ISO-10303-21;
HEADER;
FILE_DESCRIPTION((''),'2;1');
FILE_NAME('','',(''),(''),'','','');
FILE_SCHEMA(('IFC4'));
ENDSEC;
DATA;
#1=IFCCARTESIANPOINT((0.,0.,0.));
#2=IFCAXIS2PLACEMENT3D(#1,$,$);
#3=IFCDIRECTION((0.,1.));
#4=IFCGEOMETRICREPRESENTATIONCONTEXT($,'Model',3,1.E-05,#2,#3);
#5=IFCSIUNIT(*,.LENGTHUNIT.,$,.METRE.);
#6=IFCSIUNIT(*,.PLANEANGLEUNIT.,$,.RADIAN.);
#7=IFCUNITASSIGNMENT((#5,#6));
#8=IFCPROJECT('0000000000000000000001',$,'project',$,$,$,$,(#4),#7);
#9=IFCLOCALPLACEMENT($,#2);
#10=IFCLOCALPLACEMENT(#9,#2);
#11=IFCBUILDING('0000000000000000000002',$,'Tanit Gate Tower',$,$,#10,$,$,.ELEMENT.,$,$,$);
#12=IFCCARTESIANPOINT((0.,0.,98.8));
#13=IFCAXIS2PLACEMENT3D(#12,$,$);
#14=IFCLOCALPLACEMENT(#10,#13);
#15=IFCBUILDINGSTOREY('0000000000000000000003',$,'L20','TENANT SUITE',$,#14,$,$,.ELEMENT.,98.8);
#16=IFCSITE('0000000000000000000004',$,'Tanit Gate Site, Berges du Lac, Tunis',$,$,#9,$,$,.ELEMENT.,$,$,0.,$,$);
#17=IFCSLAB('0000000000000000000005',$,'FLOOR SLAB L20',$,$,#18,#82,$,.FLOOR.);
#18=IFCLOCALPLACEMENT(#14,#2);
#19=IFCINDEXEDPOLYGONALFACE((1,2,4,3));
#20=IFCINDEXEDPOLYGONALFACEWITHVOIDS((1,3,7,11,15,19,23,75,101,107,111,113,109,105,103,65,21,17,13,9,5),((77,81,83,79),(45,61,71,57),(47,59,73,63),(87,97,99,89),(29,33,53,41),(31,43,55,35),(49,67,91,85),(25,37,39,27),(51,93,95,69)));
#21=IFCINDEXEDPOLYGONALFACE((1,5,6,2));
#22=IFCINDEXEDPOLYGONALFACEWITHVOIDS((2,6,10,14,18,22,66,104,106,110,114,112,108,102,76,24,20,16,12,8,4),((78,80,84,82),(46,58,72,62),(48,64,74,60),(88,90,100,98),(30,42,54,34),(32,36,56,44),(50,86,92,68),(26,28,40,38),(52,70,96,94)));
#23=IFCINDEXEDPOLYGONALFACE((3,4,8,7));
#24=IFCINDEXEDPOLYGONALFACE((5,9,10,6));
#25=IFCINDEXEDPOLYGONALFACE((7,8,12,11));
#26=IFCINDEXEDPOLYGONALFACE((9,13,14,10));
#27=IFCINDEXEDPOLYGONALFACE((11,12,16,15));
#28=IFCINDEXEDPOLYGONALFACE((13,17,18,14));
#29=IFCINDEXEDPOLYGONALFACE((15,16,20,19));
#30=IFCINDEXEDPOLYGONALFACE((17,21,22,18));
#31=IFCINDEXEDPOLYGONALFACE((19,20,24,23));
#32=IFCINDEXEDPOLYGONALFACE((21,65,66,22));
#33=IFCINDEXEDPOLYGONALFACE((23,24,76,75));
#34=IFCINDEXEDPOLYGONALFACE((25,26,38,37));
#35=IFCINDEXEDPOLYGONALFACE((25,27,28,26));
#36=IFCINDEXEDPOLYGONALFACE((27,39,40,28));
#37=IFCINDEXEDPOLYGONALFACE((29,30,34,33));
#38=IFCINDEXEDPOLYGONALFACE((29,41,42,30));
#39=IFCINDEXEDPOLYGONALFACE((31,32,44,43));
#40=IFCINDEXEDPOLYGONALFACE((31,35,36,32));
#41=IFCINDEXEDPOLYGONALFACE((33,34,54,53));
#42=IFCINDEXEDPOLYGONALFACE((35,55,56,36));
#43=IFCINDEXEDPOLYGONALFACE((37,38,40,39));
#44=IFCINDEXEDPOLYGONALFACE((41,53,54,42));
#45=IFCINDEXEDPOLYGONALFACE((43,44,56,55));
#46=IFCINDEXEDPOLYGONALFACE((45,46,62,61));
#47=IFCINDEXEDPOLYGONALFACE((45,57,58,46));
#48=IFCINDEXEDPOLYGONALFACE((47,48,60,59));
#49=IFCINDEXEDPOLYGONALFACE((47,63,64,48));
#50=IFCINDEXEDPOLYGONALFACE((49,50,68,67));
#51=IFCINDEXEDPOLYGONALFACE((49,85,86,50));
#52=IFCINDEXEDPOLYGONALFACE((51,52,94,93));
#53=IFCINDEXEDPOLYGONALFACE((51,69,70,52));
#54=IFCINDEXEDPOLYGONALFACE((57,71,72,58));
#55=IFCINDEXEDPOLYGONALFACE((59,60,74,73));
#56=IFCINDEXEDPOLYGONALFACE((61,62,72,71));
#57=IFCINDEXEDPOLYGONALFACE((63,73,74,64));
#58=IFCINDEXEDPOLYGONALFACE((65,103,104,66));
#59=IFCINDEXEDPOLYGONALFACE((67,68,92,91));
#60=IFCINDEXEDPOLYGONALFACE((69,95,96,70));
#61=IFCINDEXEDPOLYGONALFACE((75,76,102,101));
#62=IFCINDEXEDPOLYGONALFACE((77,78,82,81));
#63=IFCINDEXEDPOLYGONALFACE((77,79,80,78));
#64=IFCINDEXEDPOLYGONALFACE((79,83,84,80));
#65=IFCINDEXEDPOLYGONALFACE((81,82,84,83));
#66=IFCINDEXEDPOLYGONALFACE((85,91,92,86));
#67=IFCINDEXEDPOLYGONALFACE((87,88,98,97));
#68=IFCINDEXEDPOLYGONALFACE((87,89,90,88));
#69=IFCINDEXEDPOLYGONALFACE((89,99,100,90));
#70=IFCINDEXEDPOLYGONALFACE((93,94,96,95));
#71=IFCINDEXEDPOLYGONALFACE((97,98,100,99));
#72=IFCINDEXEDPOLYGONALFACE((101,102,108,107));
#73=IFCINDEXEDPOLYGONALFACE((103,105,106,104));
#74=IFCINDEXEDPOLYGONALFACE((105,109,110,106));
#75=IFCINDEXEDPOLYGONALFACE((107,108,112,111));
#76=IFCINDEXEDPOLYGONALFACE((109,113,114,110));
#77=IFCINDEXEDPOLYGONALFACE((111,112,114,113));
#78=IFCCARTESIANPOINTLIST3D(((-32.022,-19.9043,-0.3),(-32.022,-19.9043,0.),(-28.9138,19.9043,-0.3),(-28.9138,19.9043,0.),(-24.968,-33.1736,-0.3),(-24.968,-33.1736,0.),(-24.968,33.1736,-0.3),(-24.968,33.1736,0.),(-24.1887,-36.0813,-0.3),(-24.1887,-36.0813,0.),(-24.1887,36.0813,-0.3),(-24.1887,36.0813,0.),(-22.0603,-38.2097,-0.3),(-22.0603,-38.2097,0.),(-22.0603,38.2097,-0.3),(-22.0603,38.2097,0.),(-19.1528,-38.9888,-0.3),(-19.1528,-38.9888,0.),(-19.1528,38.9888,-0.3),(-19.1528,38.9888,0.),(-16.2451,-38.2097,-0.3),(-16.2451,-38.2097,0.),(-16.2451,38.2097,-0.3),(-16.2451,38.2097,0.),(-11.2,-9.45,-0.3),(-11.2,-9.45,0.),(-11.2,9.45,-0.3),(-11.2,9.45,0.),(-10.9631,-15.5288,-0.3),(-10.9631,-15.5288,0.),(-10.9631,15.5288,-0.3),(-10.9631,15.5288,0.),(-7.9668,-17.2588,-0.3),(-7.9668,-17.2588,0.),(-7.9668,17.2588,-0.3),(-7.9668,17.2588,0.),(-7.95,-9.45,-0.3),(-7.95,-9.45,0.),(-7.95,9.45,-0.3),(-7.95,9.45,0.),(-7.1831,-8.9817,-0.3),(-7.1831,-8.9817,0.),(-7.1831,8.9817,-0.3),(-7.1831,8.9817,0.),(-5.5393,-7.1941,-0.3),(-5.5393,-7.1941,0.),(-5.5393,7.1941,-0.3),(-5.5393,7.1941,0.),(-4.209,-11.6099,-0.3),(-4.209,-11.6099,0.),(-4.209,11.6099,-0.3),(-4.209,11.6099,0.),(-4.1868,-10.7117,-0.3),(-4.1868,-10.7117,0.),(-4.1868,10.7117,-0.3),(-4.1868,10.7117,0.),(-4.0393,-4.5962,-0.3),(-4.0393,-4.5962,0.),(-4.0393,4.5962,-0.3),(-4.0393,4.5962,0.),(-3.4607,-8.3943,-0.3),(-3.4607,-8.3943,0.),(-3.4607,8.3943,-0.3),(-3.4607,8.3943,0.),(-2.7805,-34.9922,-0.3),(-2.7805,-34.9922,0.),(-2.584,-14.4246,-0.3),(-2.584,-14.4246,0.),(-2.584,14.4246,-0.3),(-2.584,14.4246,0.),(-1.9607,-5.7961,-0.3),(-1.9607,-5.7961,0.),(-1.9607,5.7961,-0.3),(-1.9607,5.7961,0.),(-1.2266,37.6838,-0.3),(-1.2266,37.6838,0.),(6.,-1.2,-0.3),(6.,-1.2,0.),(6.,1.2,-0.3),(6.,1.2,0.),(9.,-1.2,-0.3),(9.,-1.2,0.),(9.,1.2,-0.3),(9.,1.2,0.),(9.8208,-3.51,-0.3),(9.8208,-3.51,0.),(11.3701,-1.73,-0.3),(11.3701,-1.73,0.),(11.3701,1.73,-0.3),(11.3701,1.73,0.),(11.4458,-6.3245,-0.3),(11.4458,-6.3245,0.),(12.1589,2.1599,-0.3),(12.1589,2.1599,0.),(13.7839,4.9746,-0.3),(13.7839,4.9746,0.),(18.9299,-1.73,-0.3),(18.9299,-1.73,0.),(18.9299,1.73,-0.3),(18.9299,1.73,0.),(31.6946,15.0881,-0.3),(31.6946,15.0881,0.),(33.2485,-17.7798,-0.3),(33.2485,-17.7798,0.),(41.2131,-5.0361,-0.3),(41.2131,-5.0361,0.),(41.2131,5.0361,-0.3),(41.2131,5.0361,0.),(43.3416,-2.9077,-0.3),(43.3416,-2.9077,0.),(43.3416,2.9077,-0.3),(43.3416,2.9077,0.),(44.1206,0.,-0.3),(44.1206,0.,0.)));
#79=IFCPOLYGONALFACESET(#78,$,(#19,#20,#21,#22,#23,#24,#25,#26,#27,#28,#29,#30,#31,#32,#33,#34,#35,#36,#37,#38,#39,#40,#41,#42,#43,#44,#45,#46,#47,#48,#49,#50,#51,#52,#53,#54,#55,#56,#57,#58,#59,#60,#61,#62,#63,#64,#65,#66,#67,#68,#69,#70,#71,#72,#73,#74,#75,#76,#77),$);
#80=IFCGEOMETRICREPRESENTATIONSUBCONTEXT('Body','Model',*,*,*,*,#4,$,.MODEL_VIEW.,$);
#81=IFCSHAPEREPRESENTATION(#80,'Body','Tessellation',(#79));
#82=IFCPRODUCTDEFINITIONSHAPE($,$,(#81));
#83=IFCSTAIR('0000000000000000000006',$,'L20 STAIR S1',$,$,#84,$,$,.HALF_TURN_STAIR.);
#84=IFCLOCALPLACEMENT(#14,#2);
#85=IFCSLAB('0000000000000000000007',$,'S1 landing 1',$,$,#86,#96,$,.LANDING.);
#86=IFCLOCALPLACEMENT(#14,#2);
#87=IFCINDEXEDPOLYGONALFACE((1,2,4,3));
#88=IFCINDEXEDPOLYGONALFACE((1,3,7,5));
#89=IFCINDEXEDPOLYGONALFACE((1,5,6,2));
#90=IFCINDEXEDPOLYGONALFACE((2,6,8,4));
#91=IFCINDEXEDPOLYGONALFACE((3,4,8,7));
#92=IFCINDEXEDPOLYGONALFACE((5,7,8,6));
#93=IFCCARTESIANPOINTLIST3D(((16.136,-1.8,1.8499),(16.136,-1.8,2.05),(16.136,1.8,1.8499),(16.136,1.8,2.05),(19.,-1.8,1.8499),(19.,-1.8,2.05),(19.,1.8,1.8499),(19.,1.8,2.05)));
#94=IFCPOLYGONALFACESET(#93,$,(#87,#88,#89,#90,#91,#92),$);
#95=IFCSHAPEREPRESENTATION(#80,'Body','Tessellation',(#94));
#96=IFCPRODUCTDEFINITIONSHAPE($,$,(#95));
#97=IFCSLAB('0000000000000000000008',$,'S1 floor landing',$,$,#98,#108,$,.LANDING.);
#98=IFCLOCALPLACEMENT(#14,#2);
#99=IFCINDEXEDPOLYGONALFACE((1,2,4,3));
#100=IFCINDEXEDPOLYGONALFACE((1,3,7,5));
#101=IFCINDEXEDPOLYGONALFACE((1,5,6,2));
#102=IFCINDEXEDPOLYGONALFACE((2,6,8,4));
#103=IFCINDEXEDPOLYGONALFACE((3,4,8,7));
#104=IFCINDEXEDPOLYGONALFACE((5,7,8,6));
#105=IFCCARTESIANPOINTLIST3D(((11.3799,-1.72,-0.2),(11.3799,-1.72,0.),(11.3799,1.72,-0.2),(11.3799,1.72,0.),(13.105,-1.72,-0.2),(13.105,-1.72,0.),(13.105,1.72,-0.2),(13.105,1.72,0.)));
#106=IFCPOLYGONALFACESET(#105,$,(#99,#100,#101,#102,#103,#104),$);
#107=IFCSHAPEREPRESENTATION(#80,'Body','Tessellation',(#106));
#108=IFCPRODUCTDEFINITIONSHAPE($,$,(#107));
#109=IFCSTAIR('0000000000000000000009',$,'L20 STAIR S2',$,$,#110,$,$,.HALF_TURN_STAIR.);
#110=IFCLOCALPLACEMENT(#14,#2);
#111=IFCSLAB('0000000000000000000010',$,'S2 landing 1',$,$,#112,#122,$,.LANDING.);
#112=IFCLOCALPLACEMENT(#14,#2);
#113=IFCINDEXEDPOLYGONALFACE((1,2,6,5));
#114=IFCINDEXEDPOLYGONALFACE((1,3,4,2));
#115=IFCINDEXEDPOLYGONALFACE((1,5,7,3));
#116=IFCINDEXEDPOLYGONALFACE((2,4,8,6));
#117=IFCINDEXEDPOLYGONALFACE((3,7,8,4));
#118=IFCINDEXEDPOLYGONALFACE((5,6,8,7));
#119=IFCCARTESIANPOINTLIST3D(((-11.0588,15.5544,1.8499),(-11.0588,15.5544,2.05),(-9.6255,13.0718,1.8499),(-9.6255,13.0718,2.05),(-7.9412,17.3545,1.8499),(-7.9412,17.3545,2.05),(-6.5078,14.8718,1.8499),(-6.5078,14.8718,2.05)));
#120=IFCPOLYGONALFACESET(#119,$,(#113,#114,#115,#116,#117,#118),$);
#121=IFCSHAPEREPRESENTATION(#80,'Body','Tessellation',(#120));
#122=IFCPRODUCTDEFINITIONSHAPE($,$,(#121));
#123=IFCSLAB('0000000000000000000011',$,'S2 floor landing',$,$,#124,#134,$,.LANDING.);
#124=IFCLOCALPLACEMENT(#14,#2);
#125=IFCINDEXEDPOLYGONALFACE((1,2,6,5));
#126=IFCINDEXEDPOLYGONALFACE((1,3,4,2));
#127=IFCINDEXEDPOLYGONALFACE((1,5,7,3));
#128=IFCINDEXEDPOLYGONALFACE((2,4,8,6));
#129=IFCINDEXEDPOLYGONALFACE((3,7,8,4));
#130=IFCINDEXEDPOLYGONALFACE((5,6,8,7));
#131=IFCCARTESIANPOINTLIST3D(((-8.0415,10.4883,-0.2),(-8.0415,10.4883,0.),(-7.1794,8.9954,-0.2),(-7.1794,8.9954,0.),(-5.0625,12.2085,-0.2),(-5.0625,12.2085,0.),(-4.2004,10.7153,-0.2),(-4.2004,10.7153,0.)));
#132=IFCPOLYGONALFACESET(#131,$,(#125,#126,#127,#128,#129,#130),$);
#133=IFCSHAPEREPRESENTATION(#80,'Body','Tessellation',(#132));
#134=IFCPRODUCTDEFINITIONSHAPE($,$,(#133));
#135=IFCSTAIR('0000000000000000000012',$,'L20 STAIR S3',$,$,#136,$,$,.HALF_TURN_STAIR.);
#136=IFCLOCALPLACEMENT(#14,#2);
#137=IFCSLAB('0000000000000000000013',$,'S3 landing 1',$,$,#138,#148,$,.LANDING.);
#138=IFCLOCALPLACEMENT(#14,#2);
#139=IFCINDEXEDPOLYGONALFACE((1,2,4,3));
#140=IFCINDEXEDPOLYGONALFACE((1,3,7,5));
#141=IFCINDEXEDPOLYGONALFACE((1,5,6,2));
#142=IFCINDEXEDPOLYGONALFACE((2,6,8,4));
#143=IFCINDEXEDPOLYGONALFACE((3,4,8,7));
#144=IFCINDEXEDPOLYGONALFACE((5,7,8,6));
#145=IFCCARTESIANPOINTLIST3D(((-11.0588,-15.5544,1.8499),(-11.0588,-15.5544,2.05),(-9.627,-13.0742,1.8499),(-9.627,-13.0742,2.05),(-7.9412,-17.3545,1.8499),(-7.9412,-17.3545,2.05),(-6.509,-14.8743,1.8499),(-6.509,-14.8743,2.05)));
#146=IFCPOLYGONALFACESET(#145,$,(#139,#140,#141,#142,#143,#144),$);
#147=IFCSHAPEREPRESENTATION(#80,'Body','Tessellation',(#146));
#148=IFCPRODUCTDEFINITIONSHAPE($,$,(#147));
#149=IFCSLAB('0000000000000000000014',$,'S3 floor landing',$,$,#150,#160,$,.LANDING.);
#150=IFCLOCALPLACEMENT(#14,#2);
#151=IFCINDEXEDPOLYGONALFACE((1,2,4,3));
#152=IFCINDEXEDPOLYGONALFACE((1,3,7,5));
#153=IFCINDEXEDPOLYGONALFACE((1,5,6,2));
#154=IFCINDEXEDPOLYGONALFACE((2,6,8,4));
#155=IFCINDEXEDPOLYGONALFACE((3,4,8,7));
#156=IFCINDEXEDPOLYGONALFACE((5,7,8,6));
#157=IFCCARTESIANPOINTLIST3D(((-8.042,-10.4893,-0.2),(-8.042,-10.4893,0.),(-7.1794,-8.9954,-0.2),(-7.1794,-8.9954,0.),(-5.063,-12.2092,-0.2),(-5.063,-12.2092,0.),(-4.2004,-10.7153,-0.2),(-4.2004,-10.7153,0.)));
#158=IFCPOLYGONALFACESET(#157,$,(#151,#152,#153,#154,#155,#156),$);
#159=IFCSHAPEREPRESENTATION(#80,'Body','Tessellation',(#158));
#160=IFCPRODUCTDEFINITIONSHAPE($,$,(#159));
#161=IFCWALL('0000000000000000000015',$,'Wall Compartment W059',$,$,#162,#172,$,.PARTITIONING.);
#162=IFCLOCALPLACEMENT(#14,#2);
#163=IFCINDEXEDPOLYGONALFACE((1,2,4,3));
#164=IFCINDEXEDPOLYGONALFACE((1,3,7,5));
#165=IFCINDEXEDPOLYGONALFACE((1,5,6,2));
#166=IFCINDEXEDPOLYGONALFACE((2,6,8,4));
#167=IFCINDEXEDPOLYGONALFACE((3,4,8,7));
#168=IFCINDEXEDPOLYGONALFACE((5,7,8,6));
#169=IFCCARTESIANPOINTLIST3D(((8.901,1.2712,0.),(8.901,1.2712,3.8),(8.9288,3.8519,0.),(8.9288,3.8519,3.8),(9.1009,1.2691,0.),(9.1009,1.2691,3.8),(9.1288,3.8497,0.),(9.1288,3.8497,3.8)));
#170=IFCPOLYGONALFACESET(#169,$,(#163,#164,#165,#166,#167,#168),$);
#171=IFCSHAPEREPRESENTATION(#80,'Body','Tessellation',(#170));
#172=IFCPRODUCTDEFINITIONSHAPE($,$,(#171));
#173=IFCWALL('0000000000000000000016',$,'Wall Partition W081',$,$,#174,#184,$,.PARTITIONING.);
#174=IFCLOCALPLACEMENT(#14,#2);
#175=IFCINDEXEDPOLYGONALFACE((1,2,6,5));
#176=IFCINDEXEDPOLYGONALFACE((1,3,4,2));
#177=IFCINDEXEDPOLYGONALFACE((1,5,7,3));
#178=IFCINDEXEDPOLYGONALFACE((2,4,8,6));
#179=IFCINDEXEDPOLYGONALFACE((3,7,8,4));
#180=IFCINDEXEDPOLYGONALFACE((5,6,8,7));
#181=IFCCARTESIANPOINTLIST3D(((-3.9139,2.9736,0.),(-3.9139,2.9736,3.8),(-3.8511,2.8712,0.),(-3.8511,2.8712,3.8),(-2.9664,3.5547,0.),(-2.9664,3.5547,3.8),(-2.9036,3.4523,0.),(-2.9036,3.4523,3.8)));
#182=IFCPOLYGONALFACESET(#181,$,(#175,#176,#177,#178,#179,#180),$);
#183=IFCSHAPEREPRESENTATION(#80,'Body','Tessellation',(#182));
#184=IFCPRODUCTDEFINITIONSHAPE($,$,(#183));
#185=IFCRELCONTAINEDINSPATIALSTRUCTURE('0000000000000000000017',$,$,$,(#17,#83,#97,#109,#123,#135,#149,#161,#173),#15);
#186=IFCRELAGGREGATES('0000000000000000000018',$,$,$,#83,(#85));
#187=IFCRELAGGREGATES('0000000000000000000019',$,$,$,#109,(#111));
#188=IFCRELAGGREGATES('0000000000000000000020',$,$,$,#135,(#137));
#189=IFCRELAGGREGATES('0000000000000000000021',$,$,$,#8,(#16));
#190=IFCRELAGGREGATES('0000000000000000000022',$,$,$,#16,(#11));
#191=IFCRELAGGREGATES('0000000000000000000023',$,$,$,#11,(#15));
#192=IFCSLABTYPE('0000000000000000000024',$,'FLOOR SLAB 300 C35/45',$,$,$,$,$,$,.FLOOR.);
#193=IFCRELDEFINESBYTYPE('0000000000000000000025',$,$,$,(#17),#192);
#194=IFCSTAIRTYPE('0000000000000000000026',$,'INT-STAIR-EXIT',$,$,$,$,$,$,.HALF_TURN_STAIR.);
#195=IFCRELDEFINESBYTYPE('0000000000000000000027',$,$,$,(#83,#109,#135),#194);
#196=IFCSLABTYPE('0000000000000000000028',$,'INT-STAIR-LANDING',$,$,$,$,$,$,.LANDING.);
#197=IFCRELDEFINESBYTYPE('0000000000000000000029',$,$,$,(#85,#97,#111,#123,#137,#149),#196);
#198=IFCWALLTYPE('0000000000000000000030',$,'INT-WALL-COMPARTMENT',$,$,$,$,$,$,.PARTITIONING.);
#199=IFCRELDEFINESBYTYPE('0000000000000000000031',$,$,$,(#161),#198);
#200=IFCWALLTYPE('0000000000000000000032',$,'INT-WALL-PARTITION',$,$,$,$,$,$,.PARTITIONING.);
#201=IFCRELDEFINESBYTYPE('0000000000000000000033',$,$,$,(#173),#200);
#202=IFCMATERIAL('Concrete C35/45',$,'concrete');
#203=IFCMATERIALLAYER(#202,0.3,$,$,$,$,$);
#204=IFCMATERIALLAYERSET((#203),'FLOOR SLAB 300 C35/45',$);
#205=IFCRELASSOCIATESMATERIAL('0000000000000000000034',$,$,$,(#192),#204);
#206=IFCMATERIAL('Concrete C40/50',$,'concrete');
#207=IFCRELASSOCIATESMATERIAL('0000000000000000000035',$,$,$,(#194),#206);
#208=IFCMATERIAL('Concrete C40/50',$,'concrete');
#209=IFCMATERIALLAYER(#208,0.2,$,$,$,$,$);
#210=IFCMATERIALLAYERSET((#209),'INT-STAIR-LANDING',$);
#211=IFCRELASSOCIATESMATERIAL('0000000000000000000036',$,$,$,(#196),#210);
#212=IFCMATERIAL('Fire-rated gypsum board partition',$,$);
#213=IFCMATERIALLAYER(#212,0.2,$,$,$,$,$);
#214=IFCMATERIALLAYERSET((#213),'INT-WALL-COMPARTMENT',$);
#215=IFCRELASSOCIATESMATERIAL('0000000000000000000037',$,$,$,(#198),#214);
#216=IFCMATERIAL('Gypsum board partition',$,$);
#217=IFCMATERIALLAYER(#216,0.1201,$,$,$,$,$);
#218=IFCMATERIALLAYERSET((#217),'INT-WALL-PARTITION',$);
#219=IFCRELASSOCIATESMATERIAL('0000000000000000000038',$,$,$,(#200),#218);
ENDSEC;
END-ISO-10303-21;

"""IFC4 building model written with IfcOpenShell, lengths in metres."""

from ifc_helpers import new_model, si_unit, direction, frame, frame_2d, origin, place, context, subcontext, project, spatial, polyline, rectangle, outline, extrude, material, layer, layer_set, type_object, element, aggregate, save


model = new_model("IFC4")

# Units and contexts
model_context = context("Model", 3, precision=1e-05, world=origin(), true_north=direction((0.0, 1.0)))
body_context = subcontext(model_context, "Body", "Model", "MODEL_VIEW")
ifc_project = project(units=[si_unit("LENGTHUNIT", "METRE"), si_unit("PLANEANGLEUNIT", "RADIAN")], contexts=[model_context])

# Site, building, storey
site_placement = place(None, origin())
site = spatial("IfcSite", under=ifc_project, at=site_placement, Name="Tanit Gate Site, Berges du Lac, Tunis", CompositionType="ELEMENT", RefElevation=0.0)
building_placement = place(site_placement, origin())
building = spatial("IfcBuilding", under=site, at=building_placement, Name="Tanit Gate Tower", CompositionType="ELEMENT")
storey_placement = place(building_placement, frame((0.0, 0.0, 98.8)))
storey = spatial("IfcBuildingStorey", under=building, at=storey_placement, Name="L20", Description="TENANT SUITE", CompositionType="ELEMENT", Elevation=98.8)

# Slab
ifc_material_1 = material(Name="Concrete C35/45", Category="concrete")
ifc_layer_1 = layer(ifc_material_1, 0.3)
ifc_layer_set_1 = layer_set([ifc_layer_1], Name="FLOOR SLAB 300 C35/45")
slab_type_1 = type_object("IfcSlabType", Name="FLOOR SLAB 300 C35/45", PredefinedType="FLOOR", material=ifc_layer_set_1)
slab_1_placement = place(storey_placement, frame((0.0, 0.0, -0.3)))
element("IfcSlab", 1, at=slab_1_placement, inside=storey, type_object=slab_type_1, Name="FLOOR SLAB L20", PredefinedType="FLOOR", context=body_context, shape_type="SweptSolid", body=[
    extrude(outline(polyline([(41.2131, 5.0361), (43.3416, 2.9077), (44.1206, 0.0), (43.3416, -2.9077), (41.2131, -5.0361), (33.2485, -17.7798), (-2.7805, -34.9922), (-16.2451, -38.2097), (-19.1528, -38.9888), (-22.0603, -38.2097), (-24.1887, -36.0813), (-24.968, -33.1736), (-32.022, -19.9043), (-28.9138, 19.9043), (-24.968, 33.1736), (-24.1887, 36.0813), (-22.0603, 38.2097), (-19.1528, 38.9888), (-16.2451, 38.2097), (-1.2266, 37.6838), (31.6946, 15.0881), (41.2131, 5.0361)]), holes=[polyline([(11.3701, 1.73), (18.9299, 1.73), (18.9299, -1.73), (11.3701, -1.73), (11.3701, 1.73)]), polyline([(-4.209, 11.6099), (-2.584, 14.4246), (13.7839, 4.9746), (12.1589, 2.1599), (-4.209, 11.6099)]), polyline([(-4.209, -11.6099), (9.8208, -3.51), (11.4458, -6.3245), (-2.584, -14.4246), (-4.209, -11.6099)]), polyline([(9.0, 1.2), (9.0, -1.2), (6.0, -1.2), (6.0, 1.2), (9.0, 1.2)]), polyline([(-5.5393, 7.1941), (-3.4607, 8.3943), (-1.9607, 5.7961), (-4.0393, 4.5962), (-5.5393, 7.1941)]), polyline([(-1.9607, -5.7961), (-3.4607, -8.3943), (-5.5393, -7.1941), (-4.0393, -4.5962), (-1.9607, -5.7961)]), polyline([(-10.9631, 15.5288), (-7.9668, 17.2588), (-4.1868, 10.7117), (-7.1831, 8.9817), (-10.9631, 15.5288)]), polyline([(-4.1868, -10.7117), (-7.9668, -17.2588), (-10.9631, -15.5288), (-7.1831, -8.9817), (-4.1868, -10.7117)]), polyline([(-11.2, -9.45), (-11.2, 9.45), (-7.95, 9.45), (-7.95, -9.45), (-11.2, -9.45)])]), origin(), (0.0, 0.0, 1.0), 0.3),
])

# Stair, slab
ifc_material_2 = material(Name="Concrete C40/50", Category="concrete")
stair_type = type_object("IfcStairType", Name="INT-STAIR-EXIT", PredefinedType="HALF_TURN_STAIR", material=ifc_material_2)
stair_1_placement = place(storey_placement, origin())
stair_1 = element("IfcStair", 2, at=stair_1_placement, inside=storey, type_object=stair_type, Name="L20 STAIR S1", PredefinedType="HALF_TURN_STAIR")
ifc_material_3 = material(Name="Concrete C40/50", Category="concrete")
ifc_layer_2 = layer(ifc_material_3, 0.2)
ifc_layer_set_2 = layer_set([ifc_layer_2], Name="INT-STAIR-LANDING")
slab_type_2 = type_object("IfcSlabType", Name="INT-STAIR-LANDING", PredefinedType="LANDING", material=ifc_layer_set_2)
slab_2_placement = place(storey_placement, frame((0.0, 0.0, 1.8499)))
slab_2 = element("IfcSlab", 3, at=slab_2_placement, type_object=slab_type_2, Name="S1 landing 1", PredefinedType="LANDING", context=body_context, shape_type="SweptSolid", body=[
    extrude(outline(polyline([(16.136, -1.8), (19.0, -1.8), (19.0, 1.8), (16.136, 1.8), (16.136, -1.8)])), origin(), (0.0, 0.0, 1.0), 0.2002),
])
aggregate(stair_1, [slab_2])

# Slab
slab_3_placement = place(storey_placement, frame((0.0, 0.0, -0.2)))
element("IfcSlab", 4, at=slab_3_placement, inside=storey, type_object=slab_type_2, Name="S1 floor landing", PredefinedType="LANDING", context=body_context, shape_type="SweptSolid", body=[
    extrude(outline(polyline([(11.3799, -1.72), (13.105, -1.72), (13.105, 1.72), (11.3799, 1.72), (11.3799, -1.72)])), origin(), (0.0, 0.0, 1.0), 0.2),
])

# Stair, slab
stair_2_placement = place(storey_placement, origin())
stair_2 = element("IfcStair", 5, at=stair_2_placement, inside=storey, type_object=stair_type, Name="L20 STAIR S2", PredefinedType="HALF_TURN_STAIR")
slab_4_placement = place(storey_placement, frame((0.0, 0.0, 1.8499)))
slab_4 = element("IfcSlab", 6, at=slab_4_placement, type_object=slab_type_2, Name="S2 landing 1", PredefinedType="LANDING", context=body_context, shape_type="SweptSolid", body=[
    extrude(outline(polyline([(-6.5078, 14.8718), (-7.9412, 17.3545), (-11.0588, 15.5544), (-9.6255, 13.0718), (-6.5078, 14.8718)])), origin(), (0.0, 0.0, 1.0), 0.2002),
])
aggregate(stair_2, [slab_4])

# Slab
slab_5_placement = place(storey_placement, frame((0.0, 0.0, -0.2)))
element("IfcSlab", 7, at=slab_5_placement, inside=storey, type_object=slab_type_2, Name="S2 floor landing", PredefinedType="LANDING", context=body_context, shape_type="SweptSolid", body=[
    extrude(outline(polyline([(-4.2004, 10.7153), (-5.0625, 12.2085), (-8.0415, 10.4883), (-7.1794, 8.9954), (-4.2004, 10.7153)])), origin(), (0.0, 0.0, 1.0), 0.2),
])

# Stair, slab
stair_3_placement = place(storey_placement, origin())
stair_3 = element("IfcStair", 8, at=stair_3_placement, inside=storey, type_object=stair_type, Name="L20 STAIR S3", PredefinedType="HALF_TURN_STAIR")
slab_6_placement = place(storey_placement, frame((0.0, 0.0, 1.8499)))
slab_6 = element("IfcSlab", 9, at=slab_6_placement, type_object=slab_type_2, Name="S3 landing 1", PredefinedType="LANDING", context=body_context, shape_type="SweptSolid", body=[
    extrude(outline(polyline([(-9.627, -13.0742), (-11.0588, -15.5544), (-7.9412, -17.3545), (-6.509, -14.8743), (-9.627, -13.0742)])), origin(), (0.0, 0.0, 1.0), 0.2002),
])
aggregate(stair_3, [slab_6])

# Slab
slab_7_placement = place(storey_placement, frame((0.0, 0.0, -0.2)))
element("IfcSlab", 10, at=slab_7_placement, inside=storey, type_object=slab_type_2, Name="S3 floor landing", PredefinedType="LANDING", context=body_context, shape_type="SweptSolid", body=[
    extrude(outline(polyline([(-7.1794, -8.9954), (-8.042, -10.4893), (-5.063, -12.2092), (-4.2004, -10.7153), (-7.1794, -8.9954)])), origin(), (0.0, 0.0, 1.0), 0.2),
])

# Walls
ifc_material_4 = material(Name="Fire-rated gypsum board partition")
ifc_layer_3 = layer(ifc_material_4, 0.2)
ifc_layer_set_3 = layer_set([ifc_layer_3], Name="INT-WALL-COMPARTMENT")
wall_type_1 = type_object("IfcWallType", Name="INT-WALL-COMPARTMENT", PredefinedType="PARTITIONING", material=ifc_layer_set_3)
wall_1_placement = place(storey_placement, frame((9.001, 1.27, 0.0), z_axis=(0.0, 0.0, 1.0), x_axis=(0.010785, 0.999942, 0.0)))
element("IfcWall", 11, at=wall_1_placement, inside=storey, type_object=wall_type_1, Name="Wall Compartment W059", PredefinedType="PARTITIONING", context=body_context, shape_type="SweptSolid", body=[
    extrude(rectangle(XDim=2.5808, YDim=0.2, at=frame_2d((1.2905, 0.0))), origin(), (0.0, 0.0, 1.0), 3.8),
])
ifc_material_5 = material(Name="Gypsum board partition")
ifc_layer_4 = layer(ifc_material_5, 0.1201)
ifc_layer_set_4 = layer_set([ifc_layer_4], Name="INT-WALL-PARTITION")
wall_type_2 = type_object("IfcWallType", Name="INT-WALL-PARTITION", PredefinedType="PARTITIONING", material=ifc_layer_set_4)
wall_2_placement = place(storey_placement, frame((-2.9351, 3.5034, 0.0), z_axis=(0.0, 0.0, 1.0), x_axis=(-0.852472, -0.522773, 0.0)))
element("IfcWall", 12, at=wall_2_placement, inside=storey, type_object=wall_type_2, Name="Wall Partition W081", PredefinedType="PARTITIONING", context=body_context, shape_type="SweptSolid", body=[
    extrude(rectangle(XDim=1.1116, YDim=0.1201, at=frame_2d((0.5557, 0.0))), origin(), (0.0, 0.0, 1.0), 3.8),
])

save(model, "model.ifc")
